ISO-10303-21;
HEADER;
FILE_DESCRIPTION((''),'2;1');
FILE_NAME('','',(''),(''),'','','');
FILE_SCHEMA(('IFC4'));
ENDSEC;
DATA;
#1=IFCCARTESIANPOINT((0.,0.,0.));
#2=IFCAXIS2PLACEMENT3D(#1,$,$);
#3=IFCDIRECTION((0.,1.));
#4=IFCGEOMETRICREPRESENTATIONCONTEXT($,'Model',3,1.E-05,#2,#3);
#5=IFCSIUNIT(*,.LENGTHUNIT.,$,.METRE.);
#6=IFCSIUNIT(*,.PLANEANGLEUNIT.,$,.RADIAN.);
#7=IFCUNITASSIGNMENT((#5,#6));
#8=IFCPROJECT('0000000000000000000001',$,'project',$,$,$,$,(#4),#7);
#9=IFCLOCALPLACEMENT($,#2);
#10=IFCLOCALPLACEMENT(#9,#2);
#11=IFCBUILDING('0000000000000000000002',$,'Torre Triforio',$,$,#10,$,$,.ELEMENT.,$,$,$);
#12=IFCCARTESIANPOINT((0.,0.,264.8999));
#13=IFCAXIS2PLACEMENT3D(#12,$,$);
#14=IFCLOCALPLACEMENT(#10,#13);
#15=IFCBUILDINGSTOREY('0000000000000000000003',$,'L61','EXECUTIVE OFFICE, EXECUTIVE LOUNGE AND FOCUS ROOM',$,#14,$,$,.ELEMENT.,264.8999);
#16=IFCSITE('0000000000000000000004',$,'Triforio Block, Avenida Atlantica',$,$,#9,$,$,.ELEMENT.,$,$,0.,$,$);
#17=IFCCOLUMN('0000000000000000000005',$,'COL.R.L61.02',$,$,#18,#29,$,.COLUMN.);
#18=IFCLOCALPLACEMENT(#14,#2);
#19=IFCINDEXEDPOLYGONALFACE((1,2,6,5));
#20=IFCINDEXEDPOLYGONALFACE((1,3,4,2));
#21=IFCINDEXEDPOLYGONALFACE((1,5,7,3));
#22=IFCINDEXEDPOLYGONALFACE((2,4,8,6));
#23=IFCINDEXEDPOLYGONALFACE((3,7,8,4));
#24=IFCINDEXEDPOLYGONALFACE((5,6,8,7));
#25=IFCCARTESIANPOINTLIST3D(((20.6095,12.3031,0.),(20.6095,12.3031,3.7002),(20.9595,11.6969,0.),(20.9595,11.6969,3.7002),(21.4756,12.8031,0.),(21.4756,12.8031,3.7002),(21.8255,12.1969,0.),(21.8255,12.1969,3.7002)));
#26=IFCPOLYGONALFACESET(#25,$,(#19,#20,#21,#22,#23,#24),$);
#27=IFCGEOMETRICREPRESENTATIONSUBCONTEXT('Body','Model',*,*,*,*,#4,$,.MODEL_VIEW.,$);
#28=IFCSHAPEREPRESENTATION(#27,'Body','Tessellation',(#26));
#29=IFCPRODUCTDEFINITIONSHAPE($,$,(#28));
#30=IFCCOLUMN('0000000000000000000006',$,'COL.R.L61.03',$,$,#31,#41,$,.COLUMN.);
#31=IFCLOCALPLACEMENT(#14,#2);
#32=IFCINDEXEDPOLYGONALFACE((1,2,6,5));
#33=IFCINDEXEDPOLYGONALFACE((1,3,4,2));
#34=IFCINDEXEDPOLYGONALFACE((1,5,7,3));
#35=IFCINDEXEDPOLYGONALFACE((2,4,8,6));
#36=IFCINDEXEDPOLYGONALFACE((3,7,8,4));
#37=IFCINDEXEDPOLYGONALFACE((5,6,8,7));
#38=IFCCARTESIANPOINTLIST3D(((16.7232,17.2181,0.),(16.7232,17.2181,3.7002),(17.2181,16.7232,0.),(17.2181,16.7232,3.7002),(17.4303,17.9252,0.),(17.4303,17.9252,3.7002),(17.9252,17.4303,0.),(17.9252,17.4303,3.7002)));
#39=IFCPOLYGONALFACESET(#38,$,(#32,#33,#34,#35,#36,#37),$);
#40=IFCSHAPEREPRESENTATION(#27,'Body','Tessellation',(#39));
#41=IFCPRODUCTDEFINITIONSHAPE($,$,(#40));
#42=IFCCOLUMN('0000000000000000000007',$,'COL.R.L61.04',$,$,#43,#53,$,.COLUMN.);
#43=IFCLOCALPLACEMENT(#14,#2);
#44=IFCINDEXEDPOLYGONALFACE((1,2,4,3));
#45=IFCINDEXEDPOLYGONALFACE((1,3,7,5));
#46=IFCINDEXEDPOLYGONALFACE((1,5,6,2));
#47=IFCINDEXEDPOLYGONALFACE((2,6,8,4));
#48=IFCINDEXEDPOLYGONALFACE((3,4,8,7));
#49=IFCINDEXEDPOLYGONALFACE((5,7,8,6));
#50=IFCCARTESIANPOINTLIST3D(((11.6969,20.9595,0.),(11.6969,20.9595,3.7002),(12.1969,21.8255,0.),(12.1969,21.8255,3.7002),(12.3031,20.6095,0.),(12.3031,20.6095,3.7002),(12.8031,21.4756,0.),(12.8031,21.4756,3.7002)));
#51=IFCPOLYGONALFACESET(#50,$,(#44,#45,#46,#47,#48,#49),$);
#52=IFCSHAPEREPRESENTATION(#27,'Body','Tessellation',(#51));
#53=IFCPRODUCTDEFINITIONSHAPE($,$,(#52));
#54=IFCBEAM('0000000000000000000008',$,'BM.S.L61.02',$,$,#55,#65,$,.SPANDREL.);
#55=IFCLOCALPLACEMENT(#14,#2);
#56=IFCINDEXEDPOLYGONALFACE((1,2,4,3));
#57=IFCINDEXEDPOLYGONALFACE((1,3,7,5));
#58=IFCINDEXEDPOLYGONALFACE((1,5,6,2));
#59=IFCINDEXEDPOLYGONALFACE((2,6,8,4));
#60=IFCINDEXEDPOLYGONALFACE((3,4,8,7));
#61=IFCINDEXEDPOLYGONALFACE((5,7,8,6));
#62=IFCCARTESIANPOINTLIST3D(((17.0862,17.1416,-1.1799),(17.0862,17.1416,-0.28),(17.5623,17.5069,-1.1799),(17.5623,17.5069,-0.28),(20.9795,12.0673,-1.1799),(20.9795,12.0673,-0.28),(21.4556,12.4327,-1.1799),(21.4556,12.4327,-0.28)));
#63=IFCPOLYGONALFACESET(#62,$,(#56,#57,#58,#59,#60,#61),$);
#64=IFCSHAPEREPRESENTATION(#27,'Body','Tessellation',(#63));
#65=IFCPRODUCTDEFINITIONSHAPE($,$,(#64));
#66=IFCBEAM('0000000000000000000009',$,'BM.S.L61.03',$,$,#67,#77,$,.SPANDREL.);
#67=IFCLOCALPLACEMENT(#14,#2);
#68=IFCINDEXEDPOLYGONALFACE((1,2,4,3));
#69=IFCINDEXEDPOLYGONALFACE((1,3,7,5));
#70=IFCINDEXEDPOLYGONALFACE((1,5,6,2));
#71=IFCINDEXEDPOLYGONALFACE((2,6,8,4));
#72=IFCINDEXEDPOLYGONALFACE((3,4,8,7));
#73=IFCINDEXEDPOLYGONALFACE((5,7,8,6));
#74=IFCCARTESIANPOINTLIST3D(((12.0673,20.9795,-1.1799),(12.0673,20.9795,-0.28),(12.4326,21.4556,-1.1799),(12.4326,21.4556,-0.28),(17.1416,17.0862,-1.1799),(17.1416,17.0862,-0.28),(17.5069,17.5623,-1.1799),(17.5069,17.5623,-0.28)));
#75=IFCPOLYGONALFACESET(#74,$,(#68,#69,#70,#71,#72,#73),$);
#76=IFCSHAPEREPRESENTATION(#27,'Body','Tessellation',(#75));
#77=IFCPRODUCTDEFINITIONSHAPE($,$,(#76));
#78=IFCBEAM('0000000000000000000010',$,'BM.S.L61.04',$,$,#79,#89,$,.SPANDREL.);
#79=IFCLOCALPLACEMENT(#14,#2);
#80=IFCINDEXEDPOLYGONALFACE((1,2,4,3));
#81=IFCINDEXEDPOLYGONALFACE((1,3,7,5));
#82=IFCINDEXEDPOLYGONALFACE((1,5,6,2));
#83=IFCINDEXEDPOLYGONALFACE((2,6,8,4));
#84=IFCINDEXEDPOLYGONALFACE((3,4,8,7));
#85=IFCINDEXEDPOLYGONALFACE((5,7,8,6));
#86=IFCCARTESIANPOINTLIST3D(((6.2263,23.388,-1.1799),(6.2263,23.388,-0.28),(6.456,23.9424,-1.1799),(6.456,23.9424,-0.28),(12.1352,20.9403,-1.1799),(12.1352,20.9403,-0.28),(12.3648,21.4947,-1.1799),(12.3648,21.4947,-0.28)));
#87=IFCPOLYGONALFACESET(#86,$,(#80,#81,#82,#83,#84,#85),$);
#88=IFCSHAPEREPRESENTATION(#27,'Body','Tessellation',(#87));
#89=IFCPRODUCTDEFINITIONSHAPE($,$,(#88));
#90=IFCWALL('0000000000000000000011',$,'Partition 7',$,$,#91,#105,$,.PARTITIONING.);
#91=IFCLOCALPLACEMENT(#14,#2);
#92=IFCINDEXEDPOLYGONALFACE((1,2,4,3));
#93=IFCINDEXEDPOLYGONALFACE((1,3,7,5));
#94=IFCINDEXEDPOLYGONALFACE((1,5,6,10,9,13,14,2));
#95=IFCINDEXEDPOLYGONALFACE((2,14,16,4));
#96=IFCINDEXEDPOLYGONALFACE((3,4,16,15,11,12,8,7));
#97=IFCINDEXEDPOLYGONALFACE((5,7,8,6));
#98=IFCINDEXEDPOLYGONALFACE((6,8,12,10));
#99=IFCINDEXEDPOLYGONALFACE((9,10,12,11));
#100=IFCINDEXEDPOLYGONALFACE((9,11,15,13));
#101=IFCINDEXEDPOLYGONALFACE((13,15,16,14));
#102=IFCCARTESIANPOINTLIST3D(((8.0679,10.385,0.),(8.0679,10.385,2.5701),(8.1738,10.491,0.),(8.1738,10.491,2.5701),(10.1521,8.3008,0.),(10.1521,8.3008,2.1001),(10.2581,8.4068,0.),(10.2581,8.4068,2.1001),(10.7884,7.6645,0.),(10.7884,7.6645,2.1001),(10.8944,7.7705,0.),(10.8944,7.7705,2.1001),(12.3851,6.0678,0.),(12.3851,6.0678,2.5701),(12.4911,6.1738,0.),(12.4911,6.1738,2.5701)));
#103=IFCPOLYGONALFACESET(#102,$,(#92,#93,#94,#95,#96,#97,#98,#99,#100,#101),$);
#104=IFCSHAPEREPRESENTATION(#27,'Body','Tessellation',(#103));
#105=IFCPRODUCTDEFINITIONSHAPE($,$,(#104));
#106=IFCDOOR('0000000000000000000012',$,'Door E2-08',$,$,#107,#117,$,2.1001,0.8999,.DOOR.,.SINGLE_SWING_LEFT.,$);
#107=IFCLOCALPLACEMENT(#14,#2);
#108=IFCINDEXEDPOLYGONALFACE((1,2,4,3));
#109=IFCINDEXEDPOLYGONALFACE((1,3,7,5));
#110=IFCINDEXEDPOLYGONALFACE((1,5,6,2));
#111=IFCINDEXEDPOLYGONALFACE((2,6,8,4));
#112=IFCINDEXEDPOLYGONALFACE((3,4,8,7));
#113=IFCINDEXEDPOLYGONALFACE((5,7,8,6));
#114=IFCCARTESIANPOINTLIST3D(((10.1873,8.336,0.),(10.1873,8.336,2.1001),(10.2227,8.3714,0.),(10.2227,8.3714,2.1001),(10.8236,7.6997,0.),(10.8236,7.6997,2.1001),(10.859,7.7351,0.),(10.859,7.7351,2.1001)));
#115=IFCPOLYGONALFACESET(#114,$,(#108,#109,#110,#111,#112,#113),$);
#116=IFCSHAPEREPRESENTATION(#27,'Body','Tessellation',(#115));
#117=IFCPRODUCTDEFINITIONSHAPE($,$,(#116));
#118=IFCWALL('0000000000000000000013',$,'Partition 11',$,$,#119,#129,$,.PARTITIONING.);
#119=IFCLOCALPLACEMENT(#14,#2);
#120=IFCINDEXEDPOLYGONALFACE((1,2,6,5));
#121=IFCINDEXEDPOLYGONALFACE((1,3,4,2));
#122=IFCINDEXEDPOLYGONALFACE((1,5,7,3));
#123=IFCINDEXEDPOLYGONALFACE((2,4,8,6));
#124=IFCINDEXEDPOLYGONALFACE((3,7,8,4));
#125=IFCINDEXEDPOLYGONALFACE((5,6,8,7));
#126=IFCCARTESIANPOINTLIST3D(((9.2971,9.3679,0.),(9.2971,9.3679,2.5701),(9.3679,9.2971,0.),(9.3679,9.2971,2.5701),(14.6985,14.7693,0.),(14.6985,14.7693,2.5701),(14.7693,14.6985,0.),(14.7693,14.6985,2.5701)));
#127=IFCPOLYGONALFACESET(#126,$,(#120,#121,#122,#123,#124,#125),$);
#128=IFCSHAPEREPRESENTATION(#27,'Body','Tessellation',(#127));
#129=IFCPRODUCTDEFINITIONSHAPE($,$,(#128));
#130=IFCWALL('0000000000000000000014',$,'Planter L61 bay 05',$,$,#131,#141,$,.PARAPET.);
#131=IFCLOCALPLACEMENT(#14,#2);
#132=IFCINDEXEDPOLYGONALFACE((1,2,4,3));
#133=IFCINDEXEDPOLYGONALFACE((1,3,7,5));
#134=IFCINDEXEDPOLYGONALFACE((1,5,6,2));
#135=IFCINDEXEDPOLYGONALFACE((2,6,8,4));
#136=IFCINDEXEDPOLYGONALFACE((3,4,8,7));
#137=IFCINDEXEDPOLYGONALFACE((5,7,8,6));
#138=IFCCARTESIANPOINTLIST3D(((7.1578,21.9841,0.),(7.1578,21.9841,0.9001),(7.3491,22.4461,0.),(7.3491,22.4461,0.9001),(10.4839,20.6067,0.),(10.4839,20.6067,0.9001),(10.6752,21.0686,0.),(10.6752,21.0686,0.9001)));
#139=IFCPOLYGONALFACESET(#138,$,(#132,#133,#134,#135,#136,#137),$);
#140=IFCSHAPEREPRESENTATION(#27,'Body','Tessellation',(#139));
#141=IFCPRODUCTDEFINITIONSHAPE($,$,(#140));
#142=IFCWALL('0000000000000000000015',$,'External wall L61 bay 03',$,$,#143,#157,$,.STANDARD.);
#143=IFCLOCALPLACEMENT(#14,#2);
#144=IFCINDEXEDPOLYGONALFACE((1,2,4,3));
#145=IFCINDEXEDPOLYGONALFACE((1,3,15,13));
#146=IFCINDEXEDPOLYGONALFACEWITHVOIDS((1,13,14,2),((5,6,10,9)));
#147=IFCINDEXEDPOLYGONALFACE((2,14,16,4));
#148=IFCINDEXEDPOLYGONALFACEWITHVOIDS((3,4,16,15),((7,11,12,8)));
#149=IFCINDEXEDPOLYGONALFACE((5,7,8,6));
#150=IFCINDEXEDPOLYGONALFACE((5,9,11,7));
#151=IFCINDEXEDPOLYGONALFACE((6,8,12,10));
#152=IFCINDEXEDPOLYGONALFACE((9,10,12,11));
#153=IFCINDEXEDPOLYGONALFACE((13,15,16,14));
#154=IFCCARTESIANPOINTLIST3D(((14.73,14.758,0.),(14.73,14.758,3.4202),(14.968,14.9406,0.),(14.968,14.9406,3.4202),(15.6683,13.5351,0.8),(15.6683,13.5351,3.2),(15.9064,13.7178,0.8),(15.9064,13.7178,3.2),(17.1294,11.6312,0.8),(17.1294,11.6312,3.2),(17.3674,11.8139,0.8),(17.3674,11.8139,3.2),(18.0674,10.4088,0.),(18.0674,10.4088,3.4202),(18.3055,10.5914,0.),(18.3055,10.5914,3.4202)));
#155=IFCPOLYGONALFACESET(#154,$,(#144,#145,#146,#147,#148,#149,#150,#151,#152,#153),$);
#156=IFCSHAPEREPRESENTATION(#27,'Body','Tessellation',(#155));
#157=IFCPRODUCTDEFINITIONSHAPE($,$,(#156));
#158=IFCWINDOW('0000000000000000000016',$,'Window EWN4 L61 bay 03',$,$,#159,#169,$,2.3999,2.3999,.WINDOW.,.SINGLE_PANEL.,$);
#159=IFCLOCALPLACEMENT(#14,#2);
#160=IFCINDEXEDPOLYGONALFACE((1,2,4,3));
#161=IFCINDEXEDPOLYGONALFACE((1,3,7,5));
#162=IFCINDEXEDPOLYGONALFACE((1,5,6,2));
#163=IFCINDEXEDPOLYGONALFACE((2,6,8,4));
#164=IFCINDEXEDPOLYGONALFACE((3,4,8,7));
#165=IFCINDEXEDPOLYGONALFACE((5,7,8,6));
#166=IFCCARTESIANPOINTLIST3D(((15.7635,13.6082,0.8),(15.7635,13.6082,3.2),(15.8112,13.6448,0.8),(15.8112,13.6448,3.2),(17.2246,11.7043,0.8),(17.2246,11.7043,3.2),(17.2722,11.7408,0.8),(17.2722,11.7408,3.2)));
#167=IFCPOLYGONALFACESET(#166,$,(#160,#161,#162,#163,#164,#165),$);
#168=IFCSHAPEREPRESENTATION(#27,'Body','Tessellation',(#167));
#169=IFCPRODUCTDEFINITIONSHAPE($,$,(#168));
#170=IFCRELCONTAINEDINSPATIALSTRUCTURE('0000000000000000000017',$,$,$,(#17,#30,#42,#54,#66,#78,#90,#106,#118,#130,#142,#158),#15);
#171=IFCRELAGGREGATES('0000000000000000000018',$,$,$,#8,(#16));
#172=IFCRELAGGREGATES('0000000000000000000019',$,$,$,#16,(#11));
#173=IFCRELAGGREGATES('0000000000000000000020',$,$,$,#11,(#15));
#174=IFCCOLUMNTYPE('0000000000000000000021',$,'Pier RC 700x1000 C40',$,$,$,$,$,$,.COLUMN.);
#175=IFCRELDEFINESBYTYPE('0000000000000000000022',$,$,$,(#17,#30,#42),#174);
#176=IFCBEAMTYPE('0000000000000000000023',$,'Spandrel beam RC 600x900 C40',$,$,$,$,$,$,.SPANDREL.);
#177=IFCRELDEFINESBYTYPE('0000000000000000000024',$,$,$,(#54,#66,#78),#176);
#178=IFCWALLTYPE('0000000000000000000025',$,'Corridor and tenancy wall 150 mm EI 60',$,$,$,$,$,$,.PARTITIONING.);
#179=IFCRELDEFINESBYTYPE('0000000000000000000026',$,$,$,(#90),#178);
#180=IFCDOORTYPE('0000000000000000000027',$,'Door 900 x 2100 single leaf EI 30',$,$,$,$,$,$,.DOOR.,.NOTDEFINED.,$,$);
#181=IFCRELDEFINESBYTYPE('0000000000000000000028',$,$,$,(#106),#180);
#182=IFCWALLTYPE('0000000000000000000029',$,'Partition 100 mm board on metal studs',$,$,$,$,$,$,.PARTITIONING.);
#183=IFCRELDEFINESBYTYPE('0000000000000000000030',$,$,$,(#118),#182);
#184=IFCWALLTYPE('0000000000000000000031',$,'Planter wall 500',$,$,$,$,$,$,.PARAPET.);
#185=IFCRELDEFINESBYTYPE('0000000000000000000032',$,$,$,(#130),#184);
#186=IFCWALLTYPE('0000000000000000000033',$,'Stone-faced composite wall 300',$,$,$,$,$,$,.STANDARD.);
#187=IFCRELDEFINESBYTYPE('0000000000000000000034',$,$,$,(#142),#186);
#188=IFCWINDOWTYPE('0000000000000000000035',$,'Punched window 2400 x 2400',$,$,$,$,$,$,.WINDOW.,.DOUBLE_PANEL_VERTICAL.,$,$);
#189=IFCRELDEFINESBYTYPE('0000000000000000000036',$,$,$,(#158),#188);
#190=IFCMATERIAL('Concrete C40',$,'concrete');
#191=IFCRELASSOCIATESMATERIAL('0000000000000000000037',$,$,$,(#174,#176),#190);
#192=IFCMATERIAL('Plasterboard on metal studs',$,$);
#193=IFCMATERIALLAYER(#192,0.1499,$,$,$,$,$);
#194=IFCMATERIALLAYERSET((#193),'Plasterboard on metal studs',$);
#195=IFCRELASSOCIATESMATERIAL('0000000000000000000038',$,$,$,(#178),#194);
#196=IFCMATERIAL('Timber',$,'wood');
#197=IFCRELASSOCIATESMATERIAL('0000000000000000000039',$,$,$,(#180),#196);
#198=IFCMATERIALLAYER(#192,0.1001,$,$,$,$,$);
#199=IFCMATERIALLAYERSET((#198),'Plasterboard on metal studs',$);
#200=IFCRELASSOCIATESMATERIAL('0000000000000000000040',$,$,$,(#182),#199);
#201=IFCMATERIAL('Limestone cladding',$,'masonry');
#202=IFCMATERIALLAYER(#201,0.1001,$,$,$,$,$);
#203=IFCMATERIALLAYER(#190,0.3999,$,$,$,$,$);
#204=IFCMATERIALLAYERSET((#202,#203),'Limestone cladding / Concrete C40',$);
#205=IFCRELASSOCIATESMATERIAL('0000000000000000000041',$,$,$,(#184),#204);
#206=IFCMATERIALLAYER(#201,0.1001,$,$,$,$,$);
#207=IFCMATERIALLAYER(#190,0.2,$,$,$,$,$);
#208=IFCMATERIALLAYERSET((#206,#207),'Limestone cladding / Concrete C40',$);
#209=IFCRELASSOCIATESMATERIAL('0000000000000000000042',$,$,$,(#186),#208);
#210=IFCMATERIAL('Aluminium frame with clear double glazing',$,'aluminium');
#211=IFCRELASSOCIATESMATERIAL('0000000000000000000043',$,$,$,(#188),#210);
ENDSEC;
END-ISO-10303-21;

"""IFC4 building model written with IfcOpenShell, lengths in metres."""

from ifc_helpers import new_model, si_unit, direction, frame, frame_2d, origin, origin_2d, place, context, subcontext, project, spatial, rectangle, extrude, material, layer, layer_set, material_profile, profile_set, type_object, element, fill, save


model = new_model("IFC4")

# Units and contexts
model_context = context("Model", 3, precision=1e-05, world=origin(), true_north=direction((0.0, 1.0)))
body_context = subcontext(model_context, "Body", "Model", "MODEL_VIEW")
ifc_project = project(units=[si_unit("LENGTHUNIT", "METRE"), si_unit("PLANEANGLEUNIT", "RADIAN")], contexts=[model_context])

# Site, building, storey
site_placement = place(None, origin())
site = spatial("IfcSite", under=ifc_project, at=site_placement, Name="Triforio Block, Avenida Atlantica", CompositionType="ELEMENT", RefElevation=0.0)
building_placement = place(site_placement, origin())
building = spatial("IfcBuilding", under=site, at=building_placement, Name="Torre Triforio", CompositionType="ELEMENT")
storey_placement = place(building_placement, frame((0.0, 0.0, 264.8999)))
storey = spatial("IfcBuildingStorey", under=building, at=storey_placement, Name="L61", Description="EXECUTIVE OFFICE, EXECUTIVE LOUNGE AND FOCUS ROOM", CompositionType="ELEMENT", Elevation=264.8999)

# Columns
ifc_material_1 = material(Name="Concrete C40", Category="concrete")
ifc_material_profile_1 = material_profile(ifc_material_1, rectangle(XDim=0.7, YDim=1.0, at=origin_2d()), Name="RC 700x1000")
ifc_profile_set_1 = profile_set([ifc_material_profile_1], Name="Concrete C40")
column_type = type_object("IfcColumnType", Name="Pier RC 700x1000 C40", PredefinedType="COLUMN", material=ifc_profile_set_1)
for number, where, z_axis, x_axis, name in (
    (1, (21.2175, 12.25, 0.0), (0.0, 0.0, 1.0), (-0.5, 0.866025, 0.0), "COL.R.L61.02"),
    (2, (17.3242, 17.3242, 0.0), (0.0, 0.0, 1.0), (-0.707107, 0.707107, 0.0), "COL.R.L61.03"),
    (3, (12.25, 21.2175, 0.0), (0.0, 0.0, 1.0), (-0.866025, 0.5, 0.0), "COL.R.L61.04"),
):
    element("IfcColumn", number, at=place(storey_placement, frame(where, z_axis=z_axis, x_axis=x_axis)), inside=storey, type_object=column_type, Name=name, PredefinedType="COLUMN", context=body_context, shape_type="SweptSolid", body=[
        extrude(rectangle(XDim=0.7, YDim=1.0, at=origin_2d()), origin(), (0.0, 0.0, 1.0), 3.7002),
    ])

# Beams
ifc_material_profile_2 = material_profile(ifc_material_1, rectangle(XDim=0.6001, YDim=0.8999, at=origin_2d()), Name="RC 600x900")
ifc_profile_set_2 = profile_set([ifc_material_profile_2], Name="Concrete C40")
beam_type = type_object("IfcBeamType", Name="Spandrel beam RC 600x900 C40", PredefinedType="SPANDREL", material=ifc_profile_set_2)
for number, where, z_axis, x_axis, name in (
    (4, (21.2175, 12.25, -0.73), (-0.608734, 0.793374, 0.0), (-0.793374, -0.608734, 0.0), "BM.S.L61.02"),
    (5, (17.3242, 17.3242, -0.73), (-0.793374, 0.608734, 0.0), (-0.608734, -0.793374, 0.0), "BM.S.L61.03"),
    (6, (12.25, 21.2175, -0.73), (-0.923869, 0.382709, 0.0), (-0.382709, -0.923869, 0.0), "BM.S.L61.04"),
):
    element("IfcBeam", number, at=place(storey_placement, frame(where, z_axis=z_axis, x_axis=x_axis)), inside=storey, type_object=beam_type, Name=name, PredefinedType="SPANDREL", context=body_context, shape_type="SweptSolid", body=[
        extrude(rectangle(XDim=0.6001, YDim=0.8999, at=origin_2d()), origin(), (0.0, 0.0, 1.0), 6.3958),
    ])

# Wall, opening, door
ifc_material_2 = material(Name="Plasterboard on metal studs")
ifc_layer_1 = layer(ifc_material_2, 0.1499)
ifc_layer_set_1 = layer_set([ifc_layer_1], Name="Plasterboard on metal studs")
wall_type_1 = type_object("IfcWallType", Name="Corridor and tenancy wall 150 mm EI 60", PredefinedType="PARTITIONING", material=ifc_layer_set_1)
wall_1_placement = place(storey_placement, frame((8.1208, 10.438, 0.0), z_axis=(0.0, 0.0, 1.0), x_axis=(0.707107, -0.707107, 0.0)))
wall_1 = element("IfcWall", 7, at=wall_1_placement, inside=storey, type_object=wall_type_1, Name="Partition 7", PredefinedType="PARTITIONING", context=body_context, shape_type="SweptSolid", body=[
    extrude(rectangle(XDim=6.1055, YDim=0.1499, at=frame_2d((3.0527, 0.0))), origin(), (0.0, 0.0, 1.0), 2.5701),
])
opening_1_placement = place(wall_1_placement, frame((2.9475, 0.0, 0.0)))
opening_1 = element("IfcOpeningElement", 8, at=opening_1_placement, cuts=wall_1, PredefinedType="OPENING", context=body_context, shape_type="SweptSolid", body=[
    extrude(rectangle(XDim=0.8999, YDim=2.1001, at=frame_2d((0.45, 1.05))), frame((0.0, 0.085, 0.0), z_axis=(0.0, -1.0, 0.0), x_axis=(1.0, 0.0, 0.0)), (0.0, 0.0, 1.0), 0.1699),
])
ifc_material_3 = material(Name="Timber", Category="wood")
door_type_1 = type_object("IfcDoorType", Name="Door 900 x 2100 single leaf EI 30", OperationType="NOTDEFINED", PredefinedType="DOOR", material=ifc_material_3)
door_1_placement = place(opening_1_placement, origin())
door_1 = element("IfcDoor", 9, at=door_1_placement, inside=storey, type_object=door_type_1, Name="Door E2-08", OperationType="SINGLE_SWING_LEFT", OverallHeight=2.1001, OverallWidth=0.8999, PredefinedType="DOOR", context=body_context, shape_type="SweptSolid", body=[
    extrude(rectangle(XDim=0.8999, YDim=2.1001, at=frame_2d((0.45, 1.05))), frame((0.0, 0.0249, 0.0), z_axis=(0.0, -1.0, 0.0), x_axis=(1.0, 0.0, 0.0)), (0.0, 0.0, 1.0), 0.05),
])
fill(opening_1, door_1)

# Walls
ifc_layer_2 = layer(ifc_material_2, 0.1001)
ifc_layer_set_2 = layer_set([ifc_layer_2], Name="Plasterboard on metal studs")
wall_type_2 = type_object("IfcWallType", Name="Partition 100 mm board on metal studs", PredefinedType="PARTITIONING", material=ifc_layer_set_2)
wall_2_placement = place(storey_placement, frame((9.3325, 9.3325, 0.0), z_axis=(0.0, 0.0, 1.0), x_axis=(0.707107, 0.707107, 0.0)))
element("IfcWall", 10, at=wall_2_placement, inside=storey, type_object=wall_type_2, Name="Partition 11", PredefinedType="PARTITIONING", context=body_context, shape_type="SweptSolid", body=[
    extrude(rectangle(XDim=7.6387, YDim=0.1001, at=frame_2d((3.8193, 0.0))), origin(), (0.0, 0.0, 1.0), 2.5701),
])
ifc_material_4 = material(Name="Limestone cladding", Category="masonry")
ifc_layer_3 = layer(ifc_material_4, 0.1001)
ifc_layer_4 = layer(ifc_material_1, 0.3999)
ifc_layer_set_3 = layer_set([ifc_layer_3, ifc_layer_4], Name="Limestone cladding / Concrete C40")
wall_type_3 = type_object("IfcWallType", Name="Planter wall 500", PredefinedType="PARAPET", material=ifc_layer_set_3)
wall_3_placement = place(storey_placement, frame((10.5796, 20.8376, 0.0), z_axis=(0.0, 0.0, 1.0), x_axis=(-0.923909, 0.382611, 0.0)))
element("IfcWall", 11, at=wall_3_placement, inside=storey, type_object=wall_type_3, Name="Planter L61 bay 05", PredefinedType="PARAPET", context=body_context, shape_type="SweptSolid", body=[
    extrude(rectangle(XDim=3.6001, YDim=0.5, at=frame_2d((1.8, 0.0))), origin(), (0.0, 0.0, 1.0), 0.9001),
])

# Wall, opening, window
ifc_layer_5 = layer(ifc_material_4, 0.1001)
ifc_layer_6 = layer(ifc_material_1, 0.2)
ifc_layer_set_4 = layer_set([ifc_layer_5, ifc_layer_6], Name="Limestone cladding / Concrete C40")
wall_type_4 = type_object("IfcWallType", Name="Stone-faced composite wall 300", PredefinedType="STANDARD", material=ifc_layer_set_4)
wall_4_placement = place(storey_placement, frame((18.1865, 10.5, 0.0), z_axis=(0.0, 0.0, 1.0), x_axis=(-0.608785, 0.793335, 0.0)))
wall_4 = element("IfcWall", 12, at=wall_4_placement, inside=storey, type_object=wall_type_4, Name="External wall L61 bay 03", PredefinedType="STANDARD", context=body_context, shape_type="SweptSolid", body=[
    extrude(rectangle(XDim=5.4822, YDim=0.3, at=frame_2d((2.7412, 0.0))), origin(), (0.0, 0.0, 1.0), 3.4202),
])
opening_2_placement = place(wall_4_placement, frame((1.541, 0.0, 0.8)))
opening_2 = element("IfcOpeningElement", 13, at=opening_2_placement, cuts=wall_4, PredefinedType="OPENING", context=body_context, shape_type="SweptSolid", body=[
    extrude(rectangle(XDim=2.3999, YDim=2.3999, at=frame_2d((1.2, 1.2))), frame((0.0, 0.1599, 0.0), z_axis=(0.0, -1.0, 0.0), x_axis=(1.0, 0.0, 0.0)), (0.0, 0.0, 1.0), 0.3201),
])
ifc_material_5 = material(Name="Aluminium frame with clear double glazing", Category="aluminium")
window_type_1 = type_object("IfcWindowType", Name="Punched window 2400 x 2400", PartitioningType="DOUBLE_PANEL_VERTICAL", PredefinedType="WINDOW", material=ifc_material_5)
window_1_placement = place(opening_2_placement, origin())
window_1 = element("IfcWindow", 14, at=window_1_placement, inside=storey, type_object=window_type_1, Name="Window EWN4 L61 bay 03", OverallHeight=2.3999, OverallWidth=2.3999, PartitioningType="SINGLE_PANEL", PredefinedType="WINDOW", context=body_context, shape_type="SweptSolid", body=[
    extrude(rectangle(XDim=2.3999, YDim=2.3999, at=frame_2d((1.2, 1.2))), frame((0.0, 0.03, 0.0), z_axis=(0.0, -1.0, 0.0), x_axis=(1.0, 0.0, 0.0)), (0.0, 0.0, 1.0), 0.0601),
])
fill(opening_2, window_1)

save(model, "model.ifc")
